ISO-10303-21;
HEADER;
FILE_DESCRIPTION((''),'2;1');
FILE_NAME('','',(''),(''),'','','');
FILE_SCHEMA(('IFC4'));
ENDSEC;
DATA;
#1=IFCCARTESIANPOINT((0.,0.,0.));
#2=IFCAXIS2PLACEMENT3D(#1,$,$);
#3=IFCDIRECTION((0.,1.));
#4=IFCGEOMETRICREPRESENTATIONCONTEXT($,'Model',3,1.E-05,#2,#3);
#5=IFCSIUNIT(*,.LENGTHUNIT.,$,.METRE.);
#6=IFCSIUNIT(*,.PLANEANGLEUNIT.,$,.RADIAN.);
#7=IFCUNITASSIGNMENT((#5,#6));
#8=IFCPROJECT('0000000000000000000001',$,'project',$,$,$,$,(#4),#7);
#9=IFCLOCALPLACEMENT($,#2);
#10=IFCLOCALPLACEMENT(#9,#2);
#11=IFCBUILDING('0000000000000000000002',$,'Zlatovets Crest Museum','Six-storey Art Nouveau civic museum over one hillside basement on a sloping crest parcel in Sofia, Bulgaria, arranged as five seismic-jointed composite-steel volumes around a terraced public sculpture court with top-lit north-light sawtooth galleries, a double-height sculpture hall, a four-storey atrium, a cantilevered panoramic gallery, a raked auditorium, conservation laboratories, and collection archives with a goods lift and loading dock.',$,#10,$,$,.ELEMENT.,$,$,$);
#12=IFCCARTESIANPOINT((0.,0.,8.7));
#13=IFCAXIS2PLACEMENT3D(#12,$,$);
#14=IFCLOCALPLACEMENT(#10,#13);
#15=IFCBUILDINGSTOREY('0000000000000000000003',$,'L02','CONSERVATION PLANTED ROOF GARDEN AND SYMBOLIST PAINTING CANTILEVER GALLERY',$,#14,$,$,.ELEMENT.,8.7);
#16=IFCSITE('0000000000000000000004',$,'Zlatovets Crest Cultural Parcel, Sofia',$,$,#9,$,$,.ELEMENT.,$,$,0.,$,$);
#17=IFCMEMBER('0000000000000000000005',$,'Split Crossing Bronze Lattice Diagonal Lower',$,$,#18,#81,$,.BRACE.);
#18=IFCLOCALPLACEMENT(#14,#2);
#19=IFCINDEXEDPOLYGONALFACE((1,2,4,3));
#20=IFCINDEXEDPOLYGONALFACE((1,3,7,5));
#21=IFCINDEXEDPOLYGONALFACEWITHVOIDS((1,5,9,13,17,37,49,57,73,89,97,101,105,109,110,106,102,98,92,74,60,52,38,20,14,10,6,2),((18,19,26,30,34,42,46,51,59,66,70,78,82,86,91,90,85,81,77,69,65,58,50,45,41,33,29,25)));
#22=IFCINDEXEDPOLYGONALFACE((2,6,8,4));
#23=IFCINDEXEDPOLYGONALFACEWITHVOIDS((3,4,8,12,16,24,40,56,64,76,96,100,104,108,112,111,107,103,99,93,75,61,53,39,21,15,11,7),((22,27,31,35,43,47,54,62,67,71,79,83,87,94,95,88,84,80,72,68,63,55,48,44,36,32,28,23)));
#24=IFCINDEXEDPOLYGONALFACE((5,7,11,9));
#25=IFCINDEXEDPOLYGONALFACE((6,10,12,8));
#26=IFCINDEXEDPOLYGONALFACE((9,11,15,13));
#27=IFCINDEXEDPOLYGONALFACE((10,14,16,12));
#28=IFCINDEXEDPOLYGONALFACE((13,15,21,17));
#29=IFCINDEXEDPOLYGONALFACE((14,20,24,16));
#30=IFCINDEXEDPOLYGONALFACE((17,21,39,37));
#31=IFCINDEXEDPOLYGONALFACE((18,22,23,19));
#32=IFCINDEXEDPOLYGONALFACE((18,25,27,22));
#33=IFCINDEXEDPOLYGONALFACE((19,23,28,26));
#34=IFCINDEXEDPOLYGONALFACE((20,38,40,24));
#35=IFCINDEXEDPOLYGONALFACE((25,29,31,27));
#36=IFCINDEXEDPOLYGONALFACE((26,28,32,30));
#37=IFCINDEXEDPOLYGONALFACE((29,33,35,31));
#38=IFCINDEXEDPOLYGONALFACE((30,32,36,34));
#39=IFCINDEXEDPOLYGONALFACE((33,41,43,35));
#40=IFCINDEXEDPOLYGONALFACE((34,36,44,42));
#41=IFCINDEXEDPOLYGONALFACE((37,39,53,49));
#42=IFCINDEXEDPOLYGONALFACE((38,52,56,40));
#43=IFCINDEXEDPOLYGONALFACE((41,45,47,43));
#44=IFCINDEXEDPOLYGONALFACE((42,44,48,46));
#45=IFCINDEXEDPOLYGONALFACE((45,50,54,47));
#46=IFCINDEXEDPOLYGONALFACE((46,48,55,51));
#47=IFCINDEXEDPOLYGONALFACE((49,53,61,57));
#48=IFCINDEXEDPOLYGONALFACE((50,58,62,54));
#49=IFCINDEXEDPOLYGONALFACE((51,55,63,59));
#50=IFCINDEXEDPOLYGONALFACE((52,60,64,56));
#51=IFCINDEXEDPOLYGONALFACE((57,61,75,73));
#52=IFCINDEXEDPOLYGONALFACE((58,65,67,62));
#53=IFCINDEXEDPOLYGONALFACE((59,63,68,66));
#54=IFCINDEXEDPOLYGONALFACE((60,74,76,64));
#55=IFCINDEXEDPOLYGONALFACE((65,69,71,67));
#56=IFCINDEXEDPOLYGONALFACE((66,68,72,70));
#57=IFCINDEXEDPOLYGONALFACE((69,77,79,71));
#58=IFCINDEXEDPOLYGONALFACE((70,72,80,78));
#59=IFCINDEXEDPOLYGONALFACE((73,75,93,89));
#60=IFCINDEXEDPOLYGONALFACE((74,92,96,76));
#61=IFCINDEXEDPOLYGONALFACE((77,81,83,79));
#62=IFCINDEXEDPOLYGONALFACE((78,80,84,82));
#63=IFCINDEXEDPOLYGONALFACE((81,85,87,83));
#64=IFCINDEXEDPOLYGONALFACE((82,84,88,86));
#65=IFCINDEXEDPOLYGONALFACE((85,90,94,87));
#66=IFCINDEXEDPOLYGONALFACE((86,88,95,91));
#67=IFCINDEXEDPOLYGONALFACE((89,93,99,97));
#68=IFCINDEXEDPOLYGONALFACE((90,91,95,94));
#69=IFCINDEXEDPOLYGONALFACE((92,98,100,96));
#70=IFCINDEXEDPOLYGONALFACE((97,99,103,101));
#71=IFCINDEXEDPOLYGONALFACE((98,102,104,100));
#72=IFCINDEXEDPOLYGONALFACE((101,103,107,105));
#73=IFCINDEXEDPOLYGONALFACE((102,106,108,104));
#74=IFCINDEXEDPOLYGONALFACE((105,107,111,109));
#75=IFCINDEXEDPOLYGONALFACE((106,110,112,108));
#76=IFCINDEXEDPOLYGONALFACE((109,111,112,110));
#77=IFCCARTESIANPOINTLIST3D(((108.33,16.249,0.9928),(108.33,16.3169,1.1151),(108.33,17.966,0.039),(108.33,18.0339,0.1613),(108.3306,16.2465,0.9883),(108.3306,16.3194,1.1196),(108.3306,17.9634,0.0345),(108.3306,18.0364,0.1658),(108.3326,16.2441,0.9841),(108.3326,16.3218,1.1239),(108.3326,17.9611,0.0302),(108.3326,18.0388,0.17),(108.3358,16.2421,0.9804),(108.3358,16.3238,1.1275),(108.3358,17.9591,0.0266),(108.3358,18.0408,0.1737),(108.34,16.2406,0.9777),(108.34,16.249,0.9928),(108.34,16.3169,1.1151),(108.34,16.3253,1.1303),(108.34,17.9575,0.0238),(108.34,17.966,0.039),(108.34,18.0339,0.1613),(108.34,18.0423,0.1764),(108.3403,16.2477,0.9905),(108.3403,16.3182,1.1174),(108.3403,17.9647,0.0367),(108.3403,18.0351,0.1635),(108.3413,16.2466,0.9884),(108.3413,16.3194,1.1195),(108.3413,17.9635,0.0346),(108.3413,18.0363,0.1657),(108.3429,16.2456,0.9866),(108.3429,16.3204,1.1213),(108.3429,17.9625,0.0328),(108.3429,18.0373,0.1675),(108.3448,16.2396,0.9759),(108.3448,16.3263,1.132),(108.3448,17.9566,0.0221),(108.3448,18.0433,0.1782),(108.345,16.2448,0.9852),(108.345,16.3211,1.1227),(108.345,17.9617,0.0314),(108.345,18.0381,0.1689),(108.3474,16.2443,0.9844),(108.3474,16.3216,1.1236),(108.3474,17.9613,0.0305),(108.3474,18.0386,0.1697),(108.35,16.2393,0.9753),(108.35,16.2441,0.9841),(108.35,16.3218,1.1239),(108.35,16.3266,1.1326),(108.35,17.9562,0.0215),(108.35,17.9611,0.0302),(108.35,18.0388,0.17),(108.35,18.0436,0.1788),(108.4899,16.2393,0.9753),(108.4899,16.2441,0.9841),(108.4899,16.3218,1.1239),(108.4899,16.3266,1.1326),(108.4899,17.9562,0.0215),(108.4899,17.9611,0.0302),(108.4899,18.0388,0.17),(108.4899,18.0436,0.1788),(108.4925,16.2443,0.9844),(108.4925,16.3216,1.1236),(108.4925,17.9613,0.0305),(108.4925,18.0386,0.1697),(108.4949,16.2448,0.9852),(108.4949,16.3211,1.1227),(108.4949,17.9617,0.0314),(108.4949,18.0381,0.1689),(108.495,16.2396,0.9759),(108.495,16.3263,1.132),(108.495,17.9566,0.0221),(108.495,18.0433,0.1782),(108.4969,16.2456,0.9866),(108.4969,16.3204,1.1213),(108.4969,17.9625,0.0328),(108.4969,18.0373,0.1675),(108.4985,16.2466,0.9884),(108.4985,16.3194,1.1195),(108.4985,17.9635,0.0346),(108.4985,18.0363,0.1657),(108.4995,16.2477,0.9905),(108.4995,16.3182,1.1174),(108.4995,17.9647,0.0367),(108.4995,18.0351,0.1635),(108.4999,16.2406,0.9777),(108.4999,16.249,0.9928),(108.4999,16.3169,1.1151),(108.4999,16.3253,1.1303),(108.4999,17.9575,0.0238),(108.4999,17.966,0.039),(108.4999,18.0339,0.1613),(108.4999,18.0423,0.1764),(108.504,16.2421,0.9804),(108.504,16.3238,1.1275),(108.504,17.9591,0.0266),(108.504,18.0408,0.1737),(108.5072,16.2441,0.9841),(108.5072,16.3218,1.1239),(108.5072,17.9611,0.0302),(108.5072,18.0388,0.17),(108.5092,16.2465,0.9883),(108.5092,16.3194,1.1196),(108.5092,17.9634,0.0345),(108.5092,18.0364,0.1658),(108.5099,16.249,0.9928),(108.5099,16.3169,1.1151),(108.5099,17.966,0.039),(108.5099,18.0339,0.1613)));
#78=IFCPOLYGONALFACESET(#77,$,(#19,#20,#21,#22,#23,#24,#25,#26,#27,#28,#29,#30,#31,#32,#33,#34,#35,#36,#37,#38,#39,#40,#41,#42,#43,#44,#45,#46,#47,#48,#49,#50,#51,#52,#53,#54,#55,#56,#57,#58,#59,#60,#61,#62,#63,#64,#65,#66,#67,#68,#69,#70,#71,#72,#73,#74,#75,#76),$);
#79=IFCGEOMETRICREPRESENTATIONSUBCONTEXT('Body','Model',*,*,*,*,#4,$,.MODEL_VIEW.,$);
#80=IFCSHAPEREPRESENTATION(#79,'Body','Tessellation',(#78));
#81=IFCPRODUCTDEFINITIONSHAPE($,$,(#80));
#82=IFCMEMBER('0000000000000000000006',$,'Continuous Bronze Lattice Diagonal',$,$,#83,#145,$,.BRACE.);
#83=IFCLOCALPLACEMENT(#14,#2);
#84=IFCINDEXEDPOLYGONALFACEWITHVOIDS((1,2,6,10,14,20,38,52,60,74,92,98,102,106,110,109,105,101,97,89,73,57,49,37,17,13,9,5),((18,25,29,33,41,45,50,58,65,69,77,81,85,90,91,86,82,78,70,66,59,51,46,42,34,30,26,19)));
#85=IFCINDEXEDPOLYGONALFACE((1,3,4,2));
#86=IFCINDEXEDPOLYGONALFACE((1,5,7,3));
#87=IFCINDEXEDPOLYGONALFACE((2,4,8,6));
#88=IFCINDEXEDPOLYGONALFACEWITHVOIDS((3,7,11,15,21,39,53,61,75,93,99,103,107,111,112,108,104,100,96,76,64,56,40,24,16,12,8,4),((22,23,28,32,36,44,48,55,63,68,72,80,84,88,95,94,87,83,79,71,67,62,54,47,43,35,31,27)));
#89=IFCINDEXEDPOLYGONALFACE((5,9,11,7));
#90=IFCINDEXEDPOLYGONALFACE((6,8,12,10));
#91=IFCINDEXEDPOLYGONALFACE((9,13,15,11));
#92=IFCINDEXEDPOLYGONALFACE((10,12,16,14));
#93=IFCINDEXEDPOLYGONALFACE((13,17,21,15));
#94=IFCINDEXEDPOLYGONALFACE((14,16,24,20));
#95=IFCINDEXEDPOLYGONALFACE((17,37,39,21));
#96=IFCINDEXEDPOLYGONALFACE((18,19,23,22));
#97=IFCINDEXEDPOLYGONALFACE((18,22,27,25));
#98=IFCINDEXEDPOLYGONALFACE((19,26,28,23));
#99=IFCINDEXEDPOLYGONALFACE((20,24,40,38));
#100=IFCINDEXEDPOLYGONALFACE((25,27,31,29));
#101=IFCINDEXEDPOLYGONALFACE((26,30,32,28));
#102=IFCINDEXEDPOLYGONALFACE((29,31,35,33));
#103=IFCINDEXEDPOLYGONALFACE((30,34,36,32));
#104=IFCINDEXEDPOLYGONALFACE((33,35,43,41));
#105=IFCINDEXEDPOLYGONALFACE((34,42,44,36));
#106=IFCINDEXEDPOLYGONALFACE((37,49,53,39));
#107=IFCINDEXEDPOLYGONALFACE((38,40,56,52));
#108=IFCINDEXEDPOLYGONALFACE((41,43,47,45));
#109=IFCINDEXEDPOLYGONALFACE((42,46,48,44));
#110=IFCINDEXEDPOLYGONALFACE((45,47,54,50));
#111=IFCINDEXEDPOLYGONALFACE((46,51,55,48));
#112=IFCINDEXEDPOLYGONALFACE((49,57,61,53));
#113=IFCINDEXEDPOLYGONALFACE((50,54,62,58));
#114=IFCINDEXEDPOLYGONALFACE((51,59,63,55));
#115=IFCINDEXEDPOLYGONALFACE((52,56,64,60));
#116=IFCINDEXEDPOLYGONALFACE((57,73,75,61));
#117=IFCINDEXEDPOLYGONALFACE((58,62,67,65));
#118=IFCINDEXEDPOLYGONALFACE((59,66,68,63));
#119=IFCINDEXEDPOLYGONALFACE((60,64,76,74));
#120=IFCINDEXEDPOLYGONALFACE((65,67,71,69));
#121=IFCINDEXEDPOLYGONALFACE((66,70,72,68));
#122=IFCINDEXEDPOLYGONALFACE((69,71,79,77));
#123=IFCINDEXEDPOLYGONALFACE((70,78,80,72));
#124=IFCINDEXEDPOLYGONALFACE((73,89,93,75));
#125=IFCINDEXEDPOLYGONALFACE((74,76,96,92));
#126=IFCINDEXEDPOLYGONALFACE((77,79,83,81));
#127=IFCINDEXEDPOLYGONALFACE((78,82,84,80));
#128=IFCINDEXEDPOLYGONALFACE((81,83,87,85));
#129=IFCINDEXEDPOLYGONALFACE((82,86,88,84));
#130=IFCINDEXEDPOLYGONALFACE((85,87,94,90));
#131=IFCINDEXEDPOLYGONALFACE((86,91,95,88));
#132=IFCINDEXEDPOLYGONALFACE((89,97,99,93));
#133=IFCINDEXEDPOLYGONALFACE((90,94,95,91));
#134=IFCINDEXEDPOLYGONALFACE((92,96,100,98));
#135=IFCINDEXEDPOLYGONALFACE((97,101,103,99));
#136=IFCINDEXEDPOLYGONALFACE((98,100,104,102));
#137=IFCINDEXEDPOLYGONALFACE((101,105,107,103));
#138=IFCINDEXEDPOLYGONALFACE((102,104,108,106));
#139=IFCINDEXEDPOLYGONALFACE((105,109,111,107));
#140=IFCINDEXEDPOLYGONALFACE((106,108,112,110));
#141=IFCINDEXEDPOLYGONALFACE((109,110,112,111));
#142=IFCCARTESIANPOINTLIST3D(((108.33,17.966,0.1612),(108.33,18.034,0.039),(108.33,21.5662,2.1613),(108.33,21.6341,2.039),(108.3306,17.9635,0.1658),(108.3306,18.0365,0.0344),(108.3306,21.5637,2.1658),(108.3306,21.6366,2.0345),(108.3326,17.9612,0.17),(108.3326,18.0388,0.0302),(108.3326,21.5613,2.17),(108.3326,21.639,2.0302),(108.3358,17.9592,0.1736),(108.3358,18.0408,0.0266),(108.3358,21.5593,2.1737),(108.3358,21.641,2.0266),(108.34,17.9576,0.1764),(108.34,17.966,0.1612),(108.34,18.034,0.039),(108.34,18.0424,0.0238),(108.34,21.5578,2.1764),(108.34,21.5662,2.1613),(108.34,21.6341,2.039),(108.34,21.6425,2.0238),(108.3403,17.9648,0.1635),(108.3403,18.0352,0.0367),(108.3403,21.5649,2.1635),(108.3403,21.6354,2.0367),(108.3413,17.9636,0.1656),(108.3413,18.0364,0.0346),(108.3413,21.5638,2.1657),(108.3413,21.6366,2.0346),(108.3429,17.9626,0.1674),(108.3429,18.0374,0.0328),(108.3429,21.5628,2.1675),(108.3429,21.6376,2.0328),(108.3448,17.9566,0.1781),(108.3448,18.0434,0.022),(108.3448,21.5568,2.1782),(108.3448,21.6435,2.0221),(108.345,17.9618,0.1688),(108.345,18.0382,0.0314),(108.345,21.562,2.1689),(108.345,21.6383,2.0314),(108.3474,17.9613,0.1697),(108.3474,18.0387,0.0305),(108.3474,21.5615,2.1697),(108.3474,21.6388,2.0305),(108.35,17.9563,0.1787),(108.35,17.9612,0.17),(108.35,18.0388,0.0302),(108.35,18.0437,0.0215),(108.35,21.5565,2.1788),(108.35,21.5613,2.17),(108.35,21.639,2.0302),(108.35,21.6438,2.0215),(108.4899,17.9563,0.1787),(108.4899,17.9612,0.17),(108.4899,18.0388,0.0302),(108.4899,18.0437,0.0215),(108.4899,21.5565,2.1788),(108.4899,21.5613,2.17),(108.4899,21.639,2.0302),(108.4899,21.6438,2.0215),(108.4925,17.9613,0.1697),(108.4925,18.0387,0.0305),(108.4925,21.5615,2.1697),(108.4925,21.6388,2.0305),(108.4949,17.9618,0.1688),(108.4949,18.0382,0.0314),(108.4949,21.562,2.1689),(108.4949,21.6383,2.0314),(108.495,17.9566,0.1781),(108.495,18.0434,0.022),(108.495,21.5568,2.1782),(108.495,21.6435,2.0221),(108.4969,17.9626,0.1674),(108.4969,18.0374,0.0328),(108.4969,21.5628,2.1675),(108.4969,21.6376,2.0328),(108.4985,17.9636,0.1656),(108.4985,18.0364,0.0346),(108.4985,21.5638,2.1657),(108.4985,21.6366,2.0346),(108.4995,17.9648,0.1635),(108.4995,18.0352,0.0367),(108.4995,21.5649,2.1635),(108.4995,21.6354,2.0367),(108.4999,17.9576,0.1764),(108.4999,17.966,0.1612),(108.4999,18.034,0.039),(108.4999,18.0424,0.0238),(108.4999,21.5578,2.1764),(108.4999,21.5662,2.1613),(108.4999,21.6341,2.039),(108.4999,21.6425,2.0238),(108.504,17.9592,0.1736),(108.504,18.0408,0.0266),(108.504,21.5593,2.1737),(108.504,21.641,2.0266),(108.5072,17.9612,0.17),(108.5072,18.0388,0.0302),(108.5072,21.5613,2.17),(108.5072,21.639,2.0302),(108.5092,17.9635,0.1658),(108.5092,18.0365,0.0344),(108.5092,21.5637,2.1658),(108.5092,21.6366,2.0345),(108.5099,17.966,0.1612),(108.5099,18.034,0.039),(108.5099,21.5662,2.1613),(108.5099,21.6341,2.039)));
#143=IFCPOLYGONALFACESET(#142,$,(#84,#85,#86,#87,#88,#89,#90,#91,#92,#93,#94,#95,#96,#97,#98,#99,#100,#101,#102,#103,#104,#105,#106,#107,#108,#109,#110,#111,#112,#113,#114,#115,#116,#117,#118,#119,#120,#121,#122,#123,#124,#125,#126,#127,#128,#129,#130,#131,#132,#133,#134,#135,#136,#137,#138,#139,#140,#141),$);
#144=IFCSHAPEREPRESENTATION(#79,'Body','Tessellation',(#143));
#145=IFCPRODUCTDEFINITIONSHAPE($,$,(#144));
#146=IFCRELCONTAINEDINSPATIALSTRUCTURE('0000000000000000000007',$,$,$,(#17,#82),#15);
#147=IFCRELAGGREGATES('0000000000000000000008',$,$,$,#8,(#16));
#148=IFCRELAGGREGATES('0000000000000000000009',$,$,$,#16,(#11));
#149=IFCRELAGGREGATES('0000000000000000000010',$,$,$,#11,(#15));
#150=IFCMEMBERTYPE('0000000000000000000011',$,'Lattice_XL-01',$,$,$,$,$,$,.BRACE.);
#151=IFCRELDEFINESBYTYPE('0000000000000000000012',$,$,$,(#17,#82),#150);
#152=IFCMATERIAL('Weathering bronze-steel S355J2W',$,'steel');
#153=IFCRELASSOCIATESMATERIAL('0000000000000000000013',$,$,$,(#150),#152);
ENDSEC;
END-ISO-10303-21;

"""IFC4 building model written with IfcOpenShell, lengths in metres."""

from ifc_helpers import new_model, si_unit, direction, frame, origin, origin_2d, place, context, subcontext, project, spatial, hollow_rectangle, extrude, material, material_profile, profile_set, type_object, element, save


model = new_model("IFC4")

# Units and contexts
model_context = context("Model", 3, precision=1e-05, world=origin(), true_north=direction((0.0, 1.0)))
body_context = subcontext(model_context, "Body", "Model", "MODEL_VIEW")
ifc_project = project(units=[si_unit("LENGTHUNIT", "METRE"), si_unit("PLANEANGLEUNIT", "RADIAN")], contexts=[model_context])

# Site, building, storey
site_placement = place(None, origin())
site = spatial("IfcSite", under=ifc_project, at=site_placement, Name="Zlatovets Crest Cultural Parcel, Sofia", CompositionType="ELEMENT", RefElevation=0.0)
building_placement = place(site_placement, origin())
building = spatial("IfcBuilding", under=site, at=building_placement, Name="Zlatovets Crest Museum", Description="Six-storey Art Nouveau civic museum over one hillside basement on a sloping crest parcel in Sofia, Bulgaria, arranged as five seismic-jointed composite-steel volumes around a terraced public sculpture court with top-lit north-light sawtooth galleries, a double-height sculpture hall, a four-storey atrium, a cantilevered panoramic gallery, a raked auditorium, conservation laboratories, and collection archives with a goods lift and loading dock.", CompositionType="ELEMENT")
storey_placement = place(building_placement, frame((0.0, 0.0, 8.7)))
storey = spatial("IfcBuildingStorey", under=building, at=storey_placement, Name="L02", Description="CONSERVATION PLANTED ROOF GARDEN AND SYMBOLIST PAINTING CANTILEVER GALLERY", CompositionType="ELEMENT", Elevation=8.7)

# Members
ifc_material_1 = material(Name="Weathering bronze-steel S355J2W", Category="steel")
ifc_material_profile_1 = material_profile(ifc_material_1, hollow_rectangle(XDim=0.1799, YDim=0.1799, WallThickness=0.01, InnerFilletRadius=0.01, OuterFilletRadius=0.02, at=origin_2d()), Name="SHS 180x180x10.0")
ifc_profile_set_1 = profile_set([ifc_material_profile_1], Name="Weathering bronze-steel S355J2W")
member_type_1 = type_object("IfcMemberType", Name="Lattice_XL-01", PredefinedType="BRACE", material=ifc_profile_set_1)
member_1_placement = place(storey_placement, frame((108.4199, 16.283, 1.054), z_axis=(0.0, 0.874169, -0.485622), x_axis=(-1.0, 0.0, 0.0)))
element("IfcMember", 1, at=member_1_placement, inside=storey, type_object=member_type_1, Name="Split Crossing Bronze Lattice Diagonal Lower", PredefinedType="BRACE", context=body_context, shape_type="SweptSolid", body=[
    extrude(hollow_rectangle(XDim=0.1799, YDim=0.1799, WallThickness=0.01, InnerFilletRadius=0.01, OuterFilletRadius=0.02, at=origin_2d()), origin(), (0.0, 0.0, 1.0), 1.9641),
])
member_2_placement = place(storey_placement, frame((108.4199, 18.0, 0.1001), z_axis=(0.0, 0.874163, 0.485633), x_axis=(-1.0, 0.0, 0.0)))
element("IfcMember", 2, at=member_2_placement, inside=storey, type_object=member_type_1, Name="Continuous Bronze Lattice Diagonal", PredefinedType="BRACE", context=body_context, shape_type="SweptSolid", body=[
    extrude(hollow_rectangle(XDim=0.1799, YDim=0.1799, WallThickness=0.01, InnerFilletRadius=0.01, OuterFilletRadius=0.02, at=origin_2d()), origin(), (0.0, 0.0, 1.0), 4.1184),
])

save(model, "model.ifc")
